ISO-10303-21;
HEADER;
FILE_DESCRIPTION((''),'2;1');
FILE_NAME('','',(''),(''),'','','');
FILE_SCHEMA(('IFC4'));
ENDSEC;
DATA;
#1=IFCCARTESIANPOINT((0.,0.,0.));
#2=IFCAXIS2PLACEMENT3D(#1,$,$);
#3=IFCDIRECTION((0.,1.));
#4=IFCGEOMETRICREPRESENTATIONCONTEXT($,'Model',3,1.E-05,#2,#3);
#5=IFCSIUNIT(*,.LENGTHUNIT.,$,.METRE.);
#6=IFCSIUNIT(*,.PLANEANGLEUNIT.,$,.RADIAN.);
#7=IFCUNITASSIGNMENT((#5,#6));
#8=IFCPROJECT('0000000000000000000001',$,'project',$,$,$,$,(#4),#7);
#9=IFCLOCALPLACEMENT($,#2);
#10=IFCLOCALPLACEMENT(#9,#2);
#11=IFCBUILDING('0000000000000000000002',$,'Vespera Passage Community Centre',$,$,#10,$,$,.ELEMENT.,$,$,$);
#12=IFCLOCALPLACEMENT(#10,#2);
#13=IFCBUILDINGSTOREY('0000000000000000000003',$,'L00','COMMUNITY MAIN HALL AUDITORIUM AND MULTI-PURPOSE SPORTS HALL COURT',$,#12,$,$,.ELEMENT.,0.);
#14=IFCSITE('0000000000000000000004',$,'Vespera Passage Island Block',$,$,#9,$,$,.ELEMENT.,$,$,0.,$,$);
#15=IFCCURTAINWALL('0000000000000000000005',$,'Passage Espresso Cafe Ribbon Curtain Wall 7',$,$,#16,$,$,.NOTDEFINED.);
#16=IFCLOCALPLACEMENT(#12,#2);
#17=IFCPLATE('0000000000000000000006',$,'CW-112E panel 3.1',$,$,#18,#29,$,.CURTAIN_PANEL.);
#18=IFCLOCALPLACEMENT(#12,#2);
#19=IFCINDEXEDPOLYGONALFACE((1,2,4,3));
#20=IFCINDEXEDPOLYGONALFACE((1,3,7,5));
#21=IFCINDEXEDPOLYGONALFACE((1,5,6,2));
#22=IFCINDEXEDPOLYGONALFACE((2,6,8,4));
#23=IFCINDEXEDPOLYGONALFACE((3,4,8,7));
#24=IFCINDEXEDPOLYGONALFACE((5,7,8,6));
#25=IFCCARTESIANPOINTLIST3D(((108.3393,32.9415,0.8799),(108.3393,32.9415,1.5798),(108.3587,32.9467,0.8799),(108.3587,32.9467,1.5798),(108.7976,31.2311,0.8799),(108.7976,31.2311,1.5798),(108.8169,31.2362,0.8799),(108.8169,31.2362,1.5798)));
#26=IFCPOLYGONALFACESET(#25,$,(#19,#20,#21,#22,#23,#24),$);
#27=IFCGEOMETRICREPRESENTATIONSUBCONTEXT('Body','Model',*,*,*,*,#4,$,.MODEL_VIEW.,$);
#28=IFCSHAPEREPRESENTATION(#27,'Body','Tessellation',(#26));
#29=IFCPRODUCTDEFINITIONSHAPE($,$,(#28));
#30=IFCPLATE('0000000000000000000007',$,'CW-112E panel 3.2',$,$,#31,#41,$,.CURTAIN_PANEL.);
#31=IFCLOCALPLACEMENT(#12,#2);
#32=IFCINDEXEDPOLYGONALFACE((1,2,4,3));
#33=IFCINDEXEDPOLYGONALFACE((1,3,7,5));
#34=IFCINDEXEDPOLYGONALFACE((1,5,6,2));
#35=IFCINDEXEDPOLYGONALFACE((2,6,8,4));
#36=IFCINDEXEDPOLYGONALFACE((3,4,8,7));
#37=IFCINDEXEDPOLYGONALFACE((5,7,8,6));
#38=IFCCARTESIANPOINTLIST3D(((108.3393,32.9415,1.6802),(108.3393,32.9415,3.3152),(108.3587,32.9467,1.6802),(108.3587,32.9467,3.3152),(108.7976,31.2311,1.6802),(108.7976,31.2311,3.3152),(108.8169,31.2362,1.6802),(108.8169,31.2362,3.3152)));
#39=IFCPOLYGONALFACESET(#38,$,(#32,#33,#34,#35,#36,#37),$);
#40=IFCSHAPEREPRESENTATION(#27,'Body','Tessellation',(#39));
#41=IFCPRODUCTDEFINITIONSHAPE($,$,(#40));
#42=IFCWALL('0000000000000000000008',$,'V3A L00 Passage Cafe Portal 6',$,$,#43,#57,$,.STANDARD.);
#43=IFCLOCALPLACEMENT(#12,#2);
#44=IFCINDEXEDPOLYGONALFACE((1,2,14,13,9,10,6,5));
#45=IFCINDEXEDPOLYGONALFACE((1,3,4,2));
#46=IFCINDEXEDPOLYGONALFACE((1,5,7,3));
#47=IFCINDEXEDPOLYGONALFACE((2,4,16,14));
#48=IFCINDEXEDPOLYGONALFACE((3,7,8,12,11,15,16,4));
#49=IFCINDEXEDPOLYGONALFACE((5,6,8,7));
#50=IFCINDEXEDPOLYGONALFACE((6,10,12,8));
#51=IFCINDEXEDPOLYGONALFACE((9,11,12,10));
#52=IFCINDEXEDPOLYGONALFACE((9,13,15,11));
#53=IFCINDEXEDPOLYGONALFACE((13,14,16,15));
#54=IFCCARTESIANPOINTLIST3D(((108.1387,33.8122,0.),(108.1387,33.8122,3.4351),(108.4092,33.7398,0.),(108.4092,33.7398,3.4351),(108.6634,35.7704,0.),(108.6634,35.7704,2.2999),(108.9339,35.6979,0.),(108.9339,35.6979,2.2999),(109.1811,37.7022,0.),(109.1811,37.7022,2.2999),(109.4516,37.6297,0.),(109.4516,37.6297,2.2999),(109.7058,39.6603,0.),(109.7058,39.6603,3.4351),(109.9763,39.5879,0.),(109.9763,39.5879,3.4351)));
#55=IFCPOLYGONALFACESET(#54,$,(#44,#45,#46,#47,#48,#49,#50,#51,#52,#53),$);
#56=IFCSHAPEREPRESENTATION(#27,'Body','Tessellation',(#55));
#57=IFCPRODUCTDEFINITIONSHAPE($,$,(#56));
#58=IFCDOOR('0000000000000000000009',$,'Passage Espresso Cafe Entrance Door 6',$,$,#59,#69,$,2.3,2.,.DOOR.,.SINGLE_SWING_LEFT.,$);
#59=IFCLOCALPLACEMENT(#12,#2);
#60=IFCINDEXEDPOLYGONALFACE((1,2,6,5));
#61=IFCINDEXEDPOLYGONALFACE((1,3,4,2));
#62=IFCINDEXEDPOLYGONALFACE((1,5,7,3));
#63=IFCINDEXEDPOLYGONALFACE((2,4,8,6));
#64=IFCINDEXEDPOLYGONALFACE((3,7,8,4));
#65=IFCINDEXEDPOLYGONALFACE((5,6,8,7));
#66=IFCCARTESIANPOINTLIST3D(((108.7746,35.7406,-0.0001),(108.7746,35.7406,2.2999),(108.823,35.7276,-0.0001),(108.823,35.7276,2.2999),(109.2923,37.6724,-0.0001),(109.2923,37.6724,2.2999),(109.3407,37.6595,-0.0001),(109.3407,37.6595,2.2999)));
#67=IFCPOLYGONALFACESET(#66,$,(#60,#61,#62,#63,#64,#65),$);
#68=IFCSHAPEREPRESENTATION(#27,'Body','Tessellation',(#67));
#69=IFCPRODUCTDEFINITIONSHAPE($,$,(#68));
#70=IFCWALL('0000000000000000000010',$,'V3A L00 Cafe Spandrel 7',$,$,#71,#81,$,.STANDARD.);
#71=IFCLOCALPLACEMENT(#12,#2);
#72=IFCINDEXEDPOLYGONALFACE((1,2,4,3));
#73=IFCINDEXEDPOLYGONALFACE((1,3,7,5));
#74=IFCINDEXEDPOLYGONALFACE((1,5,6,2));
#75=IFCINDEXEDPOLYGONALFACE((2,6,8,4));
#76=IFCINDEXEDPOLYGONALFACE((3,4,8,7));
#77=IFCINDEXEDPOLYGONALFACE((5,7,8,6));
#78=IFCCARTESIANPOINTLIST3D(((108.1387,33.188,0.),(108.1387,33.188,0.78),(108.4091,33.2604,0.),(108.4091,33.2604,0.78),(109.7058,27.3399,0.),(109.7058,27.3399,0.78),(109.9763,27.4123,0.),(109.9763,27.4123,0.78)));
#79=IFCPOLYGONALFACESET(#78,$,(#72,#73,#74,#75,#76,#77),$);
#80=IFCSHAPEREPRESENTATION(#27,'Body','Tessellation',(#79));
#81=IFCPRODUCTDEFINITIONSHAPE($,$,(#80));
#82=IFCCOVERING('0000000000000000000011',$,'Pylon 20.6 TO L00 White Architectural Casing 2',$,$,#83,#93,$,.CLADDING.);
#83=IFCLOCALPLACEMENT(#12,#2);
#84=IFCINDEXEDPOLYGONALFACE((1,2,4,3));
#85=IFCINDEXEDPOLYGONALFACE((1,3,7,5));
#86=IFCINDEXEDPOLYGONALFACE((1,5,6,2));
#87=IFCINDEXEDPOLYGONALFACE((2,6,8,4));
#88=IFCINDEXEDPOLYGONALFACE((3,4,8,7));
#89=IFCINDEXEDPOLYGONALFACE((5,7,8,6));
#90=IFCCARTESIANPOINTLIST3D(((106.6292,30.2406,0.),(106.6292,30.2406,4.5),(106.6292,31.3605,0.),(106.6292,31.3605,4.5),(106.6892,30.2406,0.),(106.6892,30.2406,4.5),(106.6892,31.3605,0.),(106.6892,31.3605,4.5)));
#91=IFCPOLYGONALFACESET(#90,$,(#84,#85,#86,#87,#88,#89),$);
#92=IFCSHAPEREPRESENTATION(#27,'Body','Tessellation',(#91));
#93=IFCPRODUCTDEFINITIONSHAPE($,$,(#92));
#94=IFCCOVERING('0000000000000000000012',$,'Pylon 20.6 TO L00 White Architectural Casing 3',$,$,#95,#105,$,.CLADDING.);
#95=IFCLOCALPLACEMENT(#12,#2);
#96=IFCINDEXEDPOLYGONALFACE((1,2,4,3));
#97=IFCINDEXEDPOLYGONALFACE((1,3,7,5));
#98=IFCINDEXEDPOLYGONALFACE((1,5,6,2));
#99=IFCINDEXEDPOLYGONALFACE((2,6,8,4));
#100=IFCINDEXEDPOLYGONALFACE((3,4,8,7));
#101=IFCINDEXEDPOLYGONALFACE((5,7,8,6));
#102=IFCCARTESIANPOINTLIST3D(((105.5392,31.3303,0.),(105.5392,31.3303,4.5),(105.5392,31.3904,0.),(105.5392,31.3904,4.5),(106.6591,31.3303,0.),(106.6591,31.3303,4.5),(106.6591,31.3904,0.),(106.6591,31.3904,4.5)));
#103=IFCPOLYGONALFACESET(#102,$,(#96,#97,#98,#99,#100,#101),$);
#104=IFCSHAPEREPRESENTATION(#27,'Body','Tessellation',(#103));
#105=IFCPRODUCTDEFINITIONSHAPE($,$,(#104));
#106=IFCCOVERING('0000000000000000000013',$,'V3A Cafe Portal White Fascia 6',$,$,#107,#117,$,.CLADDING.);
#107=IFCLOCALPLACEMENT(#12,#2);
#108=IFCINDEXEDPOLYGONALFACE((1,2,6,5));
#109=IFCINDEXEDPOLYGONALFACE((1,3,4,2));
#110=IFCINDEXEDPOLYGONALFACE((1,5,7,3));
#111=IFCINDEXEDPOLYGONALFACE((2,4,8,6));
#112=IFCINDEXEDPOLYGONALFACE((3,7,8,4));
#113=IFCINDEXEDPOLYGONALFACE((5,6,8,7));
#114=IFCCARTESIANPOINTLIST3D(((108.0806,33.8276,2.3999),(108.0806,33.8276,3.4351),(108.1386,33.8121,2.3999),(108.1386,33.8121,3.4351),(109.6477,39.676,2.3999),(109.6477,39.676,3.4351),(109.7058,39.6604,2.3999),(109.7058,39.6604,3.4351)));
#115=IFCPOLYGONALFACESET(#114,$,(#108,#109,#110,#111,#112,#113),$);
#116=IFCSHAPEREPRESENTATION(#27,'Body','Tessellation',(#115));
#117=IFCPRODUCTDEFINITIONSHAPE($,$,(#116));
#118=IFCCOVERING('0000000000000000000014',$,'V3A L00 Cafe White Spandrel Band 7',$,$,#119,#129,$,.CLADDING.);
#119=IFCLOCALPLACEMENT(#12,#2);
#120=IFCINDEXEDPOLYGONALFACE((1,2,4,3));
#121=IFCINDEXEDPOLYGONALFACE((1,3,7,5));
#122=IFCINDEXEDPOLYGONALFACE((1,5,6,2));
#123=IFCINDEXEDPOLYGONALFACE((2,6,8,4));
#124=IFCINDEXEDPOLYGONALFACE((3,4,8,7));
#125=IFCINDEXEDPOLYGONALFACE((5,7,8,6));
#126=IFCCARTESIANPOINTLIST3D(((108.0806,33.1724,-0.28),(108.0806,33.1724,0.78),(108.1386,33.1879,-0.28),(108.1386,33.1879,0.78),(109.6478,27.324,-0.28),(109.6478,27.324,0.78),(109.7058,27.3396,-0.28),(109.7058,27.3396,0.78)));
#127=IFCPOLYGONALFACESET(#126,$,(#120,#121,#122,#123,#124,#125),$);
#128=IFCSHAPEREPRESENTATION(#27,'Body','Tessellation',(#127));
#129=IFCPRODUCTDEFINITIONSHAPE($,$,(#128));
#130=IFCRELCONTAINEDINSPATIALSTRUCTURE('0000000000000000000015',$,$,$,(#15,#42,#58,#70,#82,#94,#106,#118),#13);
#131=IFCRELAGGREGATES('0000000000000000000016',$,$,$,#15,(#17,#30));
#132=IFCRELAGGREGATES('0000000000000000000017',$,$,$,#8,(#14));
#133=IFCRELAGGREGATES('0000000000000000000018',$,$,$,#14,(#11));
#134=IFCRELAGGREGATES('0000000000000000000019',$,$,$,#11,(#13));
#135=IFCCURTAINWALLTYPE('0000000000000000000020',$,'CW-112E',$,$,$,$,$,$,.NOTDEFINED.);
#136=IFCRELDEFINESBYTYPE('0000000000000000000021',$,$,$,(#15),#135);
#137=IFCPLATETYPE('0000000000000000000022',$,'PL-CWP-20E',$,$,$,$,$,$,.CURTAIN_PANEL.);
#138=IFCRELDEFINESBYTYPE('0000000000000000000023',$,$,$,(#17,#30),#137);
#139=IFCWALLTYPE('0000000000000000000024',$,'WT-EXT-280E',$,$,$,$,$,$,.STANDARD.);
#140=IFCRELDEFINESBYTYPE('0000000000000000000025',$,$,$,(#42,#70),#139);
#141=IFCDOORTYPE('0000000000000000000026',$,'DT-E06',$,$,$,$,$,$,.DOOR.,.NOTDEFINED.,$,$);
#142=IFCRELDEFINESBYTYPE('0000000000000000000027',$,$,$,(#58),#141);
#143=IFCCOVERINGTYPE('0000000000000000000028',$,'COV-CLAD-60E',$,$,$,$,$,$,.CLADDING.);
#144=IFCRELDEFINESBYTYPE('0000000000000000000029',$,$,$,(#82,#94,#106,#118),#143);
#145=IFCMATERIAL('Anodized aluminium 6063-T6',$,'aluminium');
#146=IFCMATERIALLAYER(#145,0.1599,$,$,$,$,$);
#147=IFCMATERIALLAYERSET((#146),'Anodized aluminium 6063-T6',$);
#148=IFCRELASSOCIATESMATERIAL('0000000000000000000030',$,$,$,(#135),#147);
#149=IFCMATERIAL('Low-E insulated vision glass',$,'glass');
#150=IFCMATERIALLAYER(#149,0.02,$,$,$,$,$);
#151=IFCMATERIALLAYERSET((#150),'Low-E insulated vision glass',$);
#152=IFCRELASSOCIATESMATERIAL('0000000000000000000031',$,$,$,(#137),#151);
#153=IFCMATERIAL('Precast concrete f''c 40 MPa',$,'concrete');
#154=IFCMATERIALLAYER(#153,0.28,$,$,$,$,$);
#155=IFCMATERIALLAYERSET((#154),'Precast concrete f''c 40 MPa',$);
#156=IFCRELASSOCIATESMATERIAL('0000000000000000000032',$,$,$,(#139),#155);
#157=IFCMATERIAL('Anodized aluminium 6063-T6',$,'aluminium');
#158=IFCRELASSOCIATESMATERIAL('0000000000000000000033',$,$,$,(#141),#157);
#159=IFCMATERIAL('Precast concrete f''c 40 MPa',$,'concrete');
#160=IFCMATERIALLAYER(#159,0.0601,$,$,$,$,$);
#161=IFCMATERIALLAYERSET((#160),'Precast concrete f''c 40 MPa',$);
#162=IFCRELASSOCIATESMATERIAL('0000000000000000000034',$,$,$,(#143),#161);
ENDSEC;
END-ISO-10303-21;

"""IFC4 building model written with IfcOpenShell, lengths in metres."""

from ifc_helpers import new_model, si_unit, direction, frame, frame_2d, origin, origin_2d, place, context, subcontext, project, spatial, rectangle, extrude, material, layer, layer_set, type_object, element, fill, aggregate, save


model = new_model("IFC4")

# Units and contexts
model_context = context("Model", 3, precision=1e-05, world=origin(), true_north=direction((0.0, 1.0)))
body_context = subcontext(model_context, "Body", "Model", "MODEL_VIEW")
ifc_project = project(units=[si_unit("LENGTHUNIT", "METRE"), si_unit("PLANEANGLEUNIT", "RADIAN")], contexts=[model_context])

# Site, building, storey
site_placement = place(None, origin())
site = spatial("IfcSite", under=ifc_project, at=site_placement, Name="Vespera Passage Island Block", CompositionType="ELEMENT", RefElevation=0.0)
building_placement = place(site_placement, origin())
building = spatial("IfcBuilding", under=site, at=building_placement, Name="Vespera Passage Community Centre", CompositionType="ELEMENT")
storey_placement = place(building_placement, origin())
storey = spatial("IfcBuildingStorey", under=building, at=storey_placement, Name="L00", Description="COMMUNITY MAIN HALL AUDITORIUM AND MULTI-PURPOSE SPORTS HALL COURT", CompositionType="ELEMENT", Elevation=0.0)

# Curtain wall, plates
ifc_material_1 = material(Name="Anodized aluminium 6063-T6", Category="aluminium")
ifc_layer_1 = layer(ifc_material_1, 0.1599)
ifc_layer_set_1 = layer_set([ifc_layer_1], Name="Anodized aluminium 6063-T6")
curtain_wall_type = type_object("IfcCurtainWallType", Name="CW-112E", PredefinedType="NOTDEFINED", material=ifc_layer_set_1)
curtain_wall_placement = place(storey_placement, origin())
curtain_wall = element("IfcCurtainWall", 1, at=curtain_wall_placement, inside=storey, type_object=curtain_wall_type, Name="Passage Espresso Cafe Ribbon Curtain Wall 7", PredefinedType="NOTDEFINED")
ifc_material_2 = material(Name="Low-E insulated vision glass", Category="glass")
ifc_layer_2 = layer(ifc_material_2, 0.02)
ifc_layer_set_2 = layer_set([ifc_layer_2], Name="Low-E insulated vision glass")
plate_type = type_object("IfcPlateType", Name="PL-CWP-20E", PredefinedType="CURTAIN_PANEL", material=ifc_layer_set_2)
plate_1_placement = place(storey_placement, frame((108.5781, 32.0889, 0.8799), z_axis=(0.0, 0.0, 1.0), x_axis=(-0.258807, 0.965929, 0.0)))
plate_1 = element("IfcPlate", 2, at=plate_1_placement, type_object=plate_type, Name="CW-112E panel 3.1", PredefinedType="CURTAIN_PANEL", context=body_context, shape_type="SweptSolid", body=[
    extrude(rectangle(XDim=1.7708, YDim=0.02, at=origin_2d()), origin(), (0.0, 0.0, 1.0), 0.7),
])
plate_2_placement = place(storey_placement, frame((108.5781, 32.0889, 1.6802), z_axis=(0.0, 0.0, 1.0), x_axis=(-0.258807, 0.965929, 0.0)))
plate_2 = element("IfcPlate", 3, at=plate_2_placement, type_object=plate_type, Name="CW-112E panel 3.2", PredefinedType="CURTAIN_PANEL", context=body_context, shape_type="SweptSolid", body=[
    extrude(rectangle(XDim=1.7708, YDim=0.02, at=origin_2d()), origin(), (0.0, 0.0, 1.0), 1.635),
])
aggregate(curtain_wall, [plate_1, plate_2])

# Wall, opening, door
ifc_material_3 = material(Name="Precast concrete f'c 40 MPa", Category="concrete")
ifc_layer_3 = layer(ifc_material_3, 0.28)
ifc_layer_set_3 = layer_set([ifc_layer_3], Name="Precast concrete f'c 40 MPa")
wall_type = type_object("IfcWallType", Name="WT-EXT-280E", PredefinedType="STANDARD", material=ifc_layer_set_3)
wall_1_placement = place(storey_placement, frame((108.2739, 33.7759, 0.0), z_axis=(0.0, 0.0, 1.0), x_axis=(0.25884, 0.96592, 0.0)))
wall_1 = element("IfcWall", 4, at=wall_1_placement, inside=storey, type_object=wall_type, Name="V3A L00 Passage Cafe Portal 6", PredefinedType="STANDARD", context=body_context, shape_type="SweptSolid", body=[
    extrude(rectangle(XDim=6.0544, YDim=0.28, at=frame_2d((3.0273, 0.0))), origin(), (0.0, 0.0, 1.0), 3.4351),
])
opening_placement = place(wall_1_placement, frame((2.0273, 0.0, 0.0)))
opening = element("IfcOpeningElement", 5, at=opening_placement, cuts=wall_1, PredefinedType="OPENING", context=body_context, shape_type="SweptSolid", body=[
    extrude(rectangle(XDim=2.0, YDim=2.3, at=frame_2d((1.0, 1.1499))), frame((0.0, 0.1501, 0.0), z_axis=(0.0, -1.0, 0.0), x_axis=(1.0, 0.0, 0.0)), (0.0, 0.0, 1.0), 0.3),
])
ifc_material_4 = material(Name="Anodized aluminium 6063-T6", Category="aluminium")
door_type = type_object("IfcDoorType", Name="DT-E06", OperationType="NOTDEFINED", PredefinedType="DOOR", material=ifc_material_4)
door_placement = place(opening_placement, origin())
door = element("IfcDoor", 6, at=door_placement, inside=storey, type_object=door_type, Name="Passage Espresso Cafe Entrance Door 6", OperationType="SINGLE_SWING_LEFT", OverallHeight=2.3, OverallWidth=2.0, PredefinedType="DOOR", context=body_context, shape_type="SweptSolid", body=[
    extrude(rectangle(XDim=2.0, YDim=2.3, at=frame_2d((1.0, 1.1499))), frame((0.0, 0.0249, 0.0), z_axis=(0.0, -1.0, 0.0), x_axis=(1.0, 0.0, 0.0)), (0.0, 0.0, 1.0), 0.05),
])
fill(opening, door)

# Wall
wall_2_placement = place(storey_placement, frame((109.8411, 27.376, 0.0), z_axis=(0.0, 0.0, 1.0), x_axis=(-0.25884, 0.96592, 0.0)))
element("IfcWall", 7, at=wall_2_placement, inside=storey, type_object=wall_type, Name="V3A L00 Cafe Spandrel 7", PredefinedType="STANDARD", context=body_context, shape_type="SweptSolid", body=[
    extrude(rectangle(XDim=6.0544, YDim=0.28, at=frame_2d((3.0273, 0.0))), origin(), (0.0, 0.0, 1.0), 0.78),
])

# Coverings
ifc_material_5 = material(Name="Precast concrete f'c 40 MPa", Category="concrete")
ifc_layer_4 = layer(ifc_material_5, 0.0601)
ifc_layer_set_4 = layer_set([ifc_layer_4], Name="Precast concrete f'c 40 MPa")
covering_type = type_object("IfcCoveringType", Name="COV-CLAD-60E", PredefinedType="CLADDING", material=ifc_layer_set_4)
for number, where, z_axis, x_axis, name in (
    (8, (106.6592, 30.2405, 0.0), (0.0, 0.0, 1.0), (0.0, 1.0, 0.0), "Pylon 20.6 TO L00 White Architectural Casing 2"),
    (9, (106.6592, 31.3604, 0.0), (0.0, 0.0, 1.0), (-1.0, 0.0, 0.0), "Pylon 20.6 TO L00 White Architectural Casing 3"),
):
    element("IfcCovering", number, at=place(storey_placement, frame(where, z_axis=z_axis, x_axis=x_axis)), inside=storey, type_object=covering_type, Name=name, PredefinedType="CLADDING", context=body_context, shape_type="SweptSolid", body=[
        extrude(rectangle(XDim=1.1199, YDim=0.0601, at=frame_2d((0.5601, 0.0))), origin(), (0.0, 0.0, 1.0), 4.5),
    ])
covering_1_placement = place(storey_placement, frame((108.1096, 33.8198, 2.3999), z_axis=(0.0, 0.0, 1.0), x_axis=(0.258829, 0.965923, 0.0)))
element("IfcCovering", 10, at=covering_1_placement, inside=storey, type_object=covering_type, Name="V3A Cafe Portal White Fascia 6", PredefinedType="CLADDING", context=body_context, shape_type="SweptSolid", body=[
    extrude(rectangle(XDim=6.0547, YDim=0.0601, at=frame_2d((3.0273, 0.0))), origin(), (0.0, 0.0, 1.0), 1.0352),
])
covering_2_placement = place(storey_placement, frame((109.6768, 27.3318, -0.28), z_axis=(0.0, 0.0, 1.0), x_axis=(-0.258829, 0.965923, 0.0)))
element("IfcCovering", 11, at=covering_2_placement, inside=storey, type_object=covering_type, Name="V3A L00 Cafe White Spandrel Band 7", PredefinedType="CLADDING", context=body_context, shape_type="SweptSolid", body=[
    extrude(rectangle(XDim=6.0547, YDim=0.0601, at=frame_2d((3.0273, 0.0))), origin(), (0.0, 0.0, 1.0), 1.0601),
])

save(model, "model.ifc")
